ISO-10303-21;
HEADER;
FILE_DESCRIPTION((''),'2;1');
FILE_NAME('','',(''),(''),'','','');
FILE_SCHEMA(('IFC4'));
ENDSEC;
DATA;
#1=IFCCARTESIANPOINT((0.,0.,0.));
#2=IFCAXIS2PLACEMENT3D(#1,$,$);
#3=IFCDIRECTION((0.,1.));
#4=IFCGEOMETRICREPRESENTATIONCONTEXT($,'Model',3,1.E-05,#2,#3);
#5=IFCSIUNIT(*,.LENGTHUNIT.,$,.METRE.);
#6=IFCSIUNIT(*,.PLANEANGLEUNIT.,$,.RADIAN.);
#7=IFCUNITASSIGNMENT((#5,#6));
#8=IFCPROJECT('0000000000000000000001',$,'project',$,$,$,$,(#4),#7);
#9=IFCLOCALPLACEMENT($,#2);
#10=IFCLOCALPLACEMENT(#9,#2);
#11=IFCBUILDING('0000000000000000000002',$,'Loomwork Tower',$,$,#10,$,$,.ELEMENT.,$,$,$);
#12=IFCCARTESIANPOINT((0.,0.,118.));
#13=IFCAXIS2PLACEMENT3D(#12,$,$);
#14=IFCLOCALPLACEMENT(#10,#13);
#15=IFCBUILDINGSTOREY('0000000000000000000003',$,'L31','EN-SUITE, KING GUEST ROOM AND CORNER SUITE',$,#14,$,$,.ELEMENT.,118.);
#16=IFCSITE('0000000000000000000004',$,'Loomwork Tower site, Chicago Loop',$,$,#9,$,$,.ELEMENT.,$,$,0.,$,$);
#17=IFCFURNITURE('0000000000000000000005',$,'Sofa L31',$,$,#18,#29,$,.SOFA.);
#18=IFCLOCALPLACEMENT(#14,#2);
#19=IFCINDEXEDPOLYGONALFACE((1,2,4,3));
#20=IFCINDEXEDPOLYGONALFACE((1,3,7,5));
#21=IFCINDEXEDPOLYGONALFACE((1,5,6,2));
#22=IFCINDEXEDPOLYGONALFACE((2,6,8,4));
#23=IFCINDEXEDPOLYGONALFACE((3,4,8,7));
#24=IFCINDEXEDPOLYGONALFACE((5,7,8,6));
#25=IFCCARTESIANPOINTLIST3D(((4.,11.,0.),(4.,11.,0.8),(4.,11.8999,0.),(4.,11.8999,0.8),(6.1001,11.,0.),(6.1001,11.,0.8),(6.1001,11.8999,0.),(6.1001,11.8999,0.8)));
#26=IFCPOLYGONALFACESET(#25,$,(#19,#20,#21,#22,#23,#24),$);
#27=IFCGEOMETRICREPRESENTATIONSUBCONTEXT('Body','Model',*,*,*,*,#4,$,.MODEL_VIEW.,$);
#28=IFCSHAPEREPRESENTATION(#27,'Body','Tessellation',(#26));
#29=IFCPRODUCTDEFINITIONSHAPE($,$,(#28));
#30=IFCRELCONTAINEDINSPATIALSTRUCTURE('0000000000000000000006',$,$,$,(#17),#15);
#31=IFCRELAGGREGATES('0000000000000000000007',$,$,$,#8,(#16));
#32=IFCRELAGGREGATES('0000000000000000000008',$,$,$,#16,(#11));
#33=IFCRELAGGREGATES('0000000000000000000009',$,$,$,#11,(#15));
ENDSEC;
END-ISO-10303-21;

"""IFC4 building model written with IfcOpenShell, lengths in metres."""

from ifc_helpers import new_model, si_unit, direction, frame, origin, origin_2d, place, context, subcontext, project, spatial, rectangle, extrude, element, save


model = new_model("IFC4")

# Units and contexts
model_context = context("Model", 3, precision=1e-05, world=origin(), true_north=direction((0.0, 1.0)))
body_context = subcontext(model_context, "Body", "Model", "MODEL_VIEW")
ifc_project = project(units=[si_unit("LENGTHUNIT", "METRE"), si_unit("PLANEANGLEUNIT", "RADIAN")], contexts=[model_context])

# Site, building, storey
site_placement = place(None, origin())
site = spatial("IfcSite", under=ifc_project, at=site_placement, Name="Loomwork Tower site, Chicago Loop", CompositionType="ELEMENT", RefElevation=0.0)
building_placement = place(site_placement, origin())
building = spatial("IfcBuilding", under=site, at=building_placement, Name="Loomwork Tower", CompositionType="ELEMENT")
storey_placement = place(building_placement, frame((0.0, 0.0, 118.0)))
storey = spatial("IfcBuildingStorey", under=building, at=storey_placement, Name="L31", Description="EN-SUITE, KING GUEST ROOM AND CORNER SUITE", CompositionType="ELEMENT", Elevation=118.0)

# Furniture
furniture_1_placement = place(storey_placement, frame((5.05, 11.45, 0.0), z_axis=(0.0, 0.0, 1.0), x_axis=(1.0, 0.0, 0.0)))
element("IfcFurniture", 1, at=furniture_1_placement, inside=storey, Name="Sofa L31", PredefinedType="SOFA", context=body_context, shape_type="SweptSolid", body=[
    extrude(rectangle(XDim=2.1001, YDim=0.8999, at=origin_2d()), origin(), (0.0, 0.0, 1.0), 0.8),
])

save(model, "model.ifc")
